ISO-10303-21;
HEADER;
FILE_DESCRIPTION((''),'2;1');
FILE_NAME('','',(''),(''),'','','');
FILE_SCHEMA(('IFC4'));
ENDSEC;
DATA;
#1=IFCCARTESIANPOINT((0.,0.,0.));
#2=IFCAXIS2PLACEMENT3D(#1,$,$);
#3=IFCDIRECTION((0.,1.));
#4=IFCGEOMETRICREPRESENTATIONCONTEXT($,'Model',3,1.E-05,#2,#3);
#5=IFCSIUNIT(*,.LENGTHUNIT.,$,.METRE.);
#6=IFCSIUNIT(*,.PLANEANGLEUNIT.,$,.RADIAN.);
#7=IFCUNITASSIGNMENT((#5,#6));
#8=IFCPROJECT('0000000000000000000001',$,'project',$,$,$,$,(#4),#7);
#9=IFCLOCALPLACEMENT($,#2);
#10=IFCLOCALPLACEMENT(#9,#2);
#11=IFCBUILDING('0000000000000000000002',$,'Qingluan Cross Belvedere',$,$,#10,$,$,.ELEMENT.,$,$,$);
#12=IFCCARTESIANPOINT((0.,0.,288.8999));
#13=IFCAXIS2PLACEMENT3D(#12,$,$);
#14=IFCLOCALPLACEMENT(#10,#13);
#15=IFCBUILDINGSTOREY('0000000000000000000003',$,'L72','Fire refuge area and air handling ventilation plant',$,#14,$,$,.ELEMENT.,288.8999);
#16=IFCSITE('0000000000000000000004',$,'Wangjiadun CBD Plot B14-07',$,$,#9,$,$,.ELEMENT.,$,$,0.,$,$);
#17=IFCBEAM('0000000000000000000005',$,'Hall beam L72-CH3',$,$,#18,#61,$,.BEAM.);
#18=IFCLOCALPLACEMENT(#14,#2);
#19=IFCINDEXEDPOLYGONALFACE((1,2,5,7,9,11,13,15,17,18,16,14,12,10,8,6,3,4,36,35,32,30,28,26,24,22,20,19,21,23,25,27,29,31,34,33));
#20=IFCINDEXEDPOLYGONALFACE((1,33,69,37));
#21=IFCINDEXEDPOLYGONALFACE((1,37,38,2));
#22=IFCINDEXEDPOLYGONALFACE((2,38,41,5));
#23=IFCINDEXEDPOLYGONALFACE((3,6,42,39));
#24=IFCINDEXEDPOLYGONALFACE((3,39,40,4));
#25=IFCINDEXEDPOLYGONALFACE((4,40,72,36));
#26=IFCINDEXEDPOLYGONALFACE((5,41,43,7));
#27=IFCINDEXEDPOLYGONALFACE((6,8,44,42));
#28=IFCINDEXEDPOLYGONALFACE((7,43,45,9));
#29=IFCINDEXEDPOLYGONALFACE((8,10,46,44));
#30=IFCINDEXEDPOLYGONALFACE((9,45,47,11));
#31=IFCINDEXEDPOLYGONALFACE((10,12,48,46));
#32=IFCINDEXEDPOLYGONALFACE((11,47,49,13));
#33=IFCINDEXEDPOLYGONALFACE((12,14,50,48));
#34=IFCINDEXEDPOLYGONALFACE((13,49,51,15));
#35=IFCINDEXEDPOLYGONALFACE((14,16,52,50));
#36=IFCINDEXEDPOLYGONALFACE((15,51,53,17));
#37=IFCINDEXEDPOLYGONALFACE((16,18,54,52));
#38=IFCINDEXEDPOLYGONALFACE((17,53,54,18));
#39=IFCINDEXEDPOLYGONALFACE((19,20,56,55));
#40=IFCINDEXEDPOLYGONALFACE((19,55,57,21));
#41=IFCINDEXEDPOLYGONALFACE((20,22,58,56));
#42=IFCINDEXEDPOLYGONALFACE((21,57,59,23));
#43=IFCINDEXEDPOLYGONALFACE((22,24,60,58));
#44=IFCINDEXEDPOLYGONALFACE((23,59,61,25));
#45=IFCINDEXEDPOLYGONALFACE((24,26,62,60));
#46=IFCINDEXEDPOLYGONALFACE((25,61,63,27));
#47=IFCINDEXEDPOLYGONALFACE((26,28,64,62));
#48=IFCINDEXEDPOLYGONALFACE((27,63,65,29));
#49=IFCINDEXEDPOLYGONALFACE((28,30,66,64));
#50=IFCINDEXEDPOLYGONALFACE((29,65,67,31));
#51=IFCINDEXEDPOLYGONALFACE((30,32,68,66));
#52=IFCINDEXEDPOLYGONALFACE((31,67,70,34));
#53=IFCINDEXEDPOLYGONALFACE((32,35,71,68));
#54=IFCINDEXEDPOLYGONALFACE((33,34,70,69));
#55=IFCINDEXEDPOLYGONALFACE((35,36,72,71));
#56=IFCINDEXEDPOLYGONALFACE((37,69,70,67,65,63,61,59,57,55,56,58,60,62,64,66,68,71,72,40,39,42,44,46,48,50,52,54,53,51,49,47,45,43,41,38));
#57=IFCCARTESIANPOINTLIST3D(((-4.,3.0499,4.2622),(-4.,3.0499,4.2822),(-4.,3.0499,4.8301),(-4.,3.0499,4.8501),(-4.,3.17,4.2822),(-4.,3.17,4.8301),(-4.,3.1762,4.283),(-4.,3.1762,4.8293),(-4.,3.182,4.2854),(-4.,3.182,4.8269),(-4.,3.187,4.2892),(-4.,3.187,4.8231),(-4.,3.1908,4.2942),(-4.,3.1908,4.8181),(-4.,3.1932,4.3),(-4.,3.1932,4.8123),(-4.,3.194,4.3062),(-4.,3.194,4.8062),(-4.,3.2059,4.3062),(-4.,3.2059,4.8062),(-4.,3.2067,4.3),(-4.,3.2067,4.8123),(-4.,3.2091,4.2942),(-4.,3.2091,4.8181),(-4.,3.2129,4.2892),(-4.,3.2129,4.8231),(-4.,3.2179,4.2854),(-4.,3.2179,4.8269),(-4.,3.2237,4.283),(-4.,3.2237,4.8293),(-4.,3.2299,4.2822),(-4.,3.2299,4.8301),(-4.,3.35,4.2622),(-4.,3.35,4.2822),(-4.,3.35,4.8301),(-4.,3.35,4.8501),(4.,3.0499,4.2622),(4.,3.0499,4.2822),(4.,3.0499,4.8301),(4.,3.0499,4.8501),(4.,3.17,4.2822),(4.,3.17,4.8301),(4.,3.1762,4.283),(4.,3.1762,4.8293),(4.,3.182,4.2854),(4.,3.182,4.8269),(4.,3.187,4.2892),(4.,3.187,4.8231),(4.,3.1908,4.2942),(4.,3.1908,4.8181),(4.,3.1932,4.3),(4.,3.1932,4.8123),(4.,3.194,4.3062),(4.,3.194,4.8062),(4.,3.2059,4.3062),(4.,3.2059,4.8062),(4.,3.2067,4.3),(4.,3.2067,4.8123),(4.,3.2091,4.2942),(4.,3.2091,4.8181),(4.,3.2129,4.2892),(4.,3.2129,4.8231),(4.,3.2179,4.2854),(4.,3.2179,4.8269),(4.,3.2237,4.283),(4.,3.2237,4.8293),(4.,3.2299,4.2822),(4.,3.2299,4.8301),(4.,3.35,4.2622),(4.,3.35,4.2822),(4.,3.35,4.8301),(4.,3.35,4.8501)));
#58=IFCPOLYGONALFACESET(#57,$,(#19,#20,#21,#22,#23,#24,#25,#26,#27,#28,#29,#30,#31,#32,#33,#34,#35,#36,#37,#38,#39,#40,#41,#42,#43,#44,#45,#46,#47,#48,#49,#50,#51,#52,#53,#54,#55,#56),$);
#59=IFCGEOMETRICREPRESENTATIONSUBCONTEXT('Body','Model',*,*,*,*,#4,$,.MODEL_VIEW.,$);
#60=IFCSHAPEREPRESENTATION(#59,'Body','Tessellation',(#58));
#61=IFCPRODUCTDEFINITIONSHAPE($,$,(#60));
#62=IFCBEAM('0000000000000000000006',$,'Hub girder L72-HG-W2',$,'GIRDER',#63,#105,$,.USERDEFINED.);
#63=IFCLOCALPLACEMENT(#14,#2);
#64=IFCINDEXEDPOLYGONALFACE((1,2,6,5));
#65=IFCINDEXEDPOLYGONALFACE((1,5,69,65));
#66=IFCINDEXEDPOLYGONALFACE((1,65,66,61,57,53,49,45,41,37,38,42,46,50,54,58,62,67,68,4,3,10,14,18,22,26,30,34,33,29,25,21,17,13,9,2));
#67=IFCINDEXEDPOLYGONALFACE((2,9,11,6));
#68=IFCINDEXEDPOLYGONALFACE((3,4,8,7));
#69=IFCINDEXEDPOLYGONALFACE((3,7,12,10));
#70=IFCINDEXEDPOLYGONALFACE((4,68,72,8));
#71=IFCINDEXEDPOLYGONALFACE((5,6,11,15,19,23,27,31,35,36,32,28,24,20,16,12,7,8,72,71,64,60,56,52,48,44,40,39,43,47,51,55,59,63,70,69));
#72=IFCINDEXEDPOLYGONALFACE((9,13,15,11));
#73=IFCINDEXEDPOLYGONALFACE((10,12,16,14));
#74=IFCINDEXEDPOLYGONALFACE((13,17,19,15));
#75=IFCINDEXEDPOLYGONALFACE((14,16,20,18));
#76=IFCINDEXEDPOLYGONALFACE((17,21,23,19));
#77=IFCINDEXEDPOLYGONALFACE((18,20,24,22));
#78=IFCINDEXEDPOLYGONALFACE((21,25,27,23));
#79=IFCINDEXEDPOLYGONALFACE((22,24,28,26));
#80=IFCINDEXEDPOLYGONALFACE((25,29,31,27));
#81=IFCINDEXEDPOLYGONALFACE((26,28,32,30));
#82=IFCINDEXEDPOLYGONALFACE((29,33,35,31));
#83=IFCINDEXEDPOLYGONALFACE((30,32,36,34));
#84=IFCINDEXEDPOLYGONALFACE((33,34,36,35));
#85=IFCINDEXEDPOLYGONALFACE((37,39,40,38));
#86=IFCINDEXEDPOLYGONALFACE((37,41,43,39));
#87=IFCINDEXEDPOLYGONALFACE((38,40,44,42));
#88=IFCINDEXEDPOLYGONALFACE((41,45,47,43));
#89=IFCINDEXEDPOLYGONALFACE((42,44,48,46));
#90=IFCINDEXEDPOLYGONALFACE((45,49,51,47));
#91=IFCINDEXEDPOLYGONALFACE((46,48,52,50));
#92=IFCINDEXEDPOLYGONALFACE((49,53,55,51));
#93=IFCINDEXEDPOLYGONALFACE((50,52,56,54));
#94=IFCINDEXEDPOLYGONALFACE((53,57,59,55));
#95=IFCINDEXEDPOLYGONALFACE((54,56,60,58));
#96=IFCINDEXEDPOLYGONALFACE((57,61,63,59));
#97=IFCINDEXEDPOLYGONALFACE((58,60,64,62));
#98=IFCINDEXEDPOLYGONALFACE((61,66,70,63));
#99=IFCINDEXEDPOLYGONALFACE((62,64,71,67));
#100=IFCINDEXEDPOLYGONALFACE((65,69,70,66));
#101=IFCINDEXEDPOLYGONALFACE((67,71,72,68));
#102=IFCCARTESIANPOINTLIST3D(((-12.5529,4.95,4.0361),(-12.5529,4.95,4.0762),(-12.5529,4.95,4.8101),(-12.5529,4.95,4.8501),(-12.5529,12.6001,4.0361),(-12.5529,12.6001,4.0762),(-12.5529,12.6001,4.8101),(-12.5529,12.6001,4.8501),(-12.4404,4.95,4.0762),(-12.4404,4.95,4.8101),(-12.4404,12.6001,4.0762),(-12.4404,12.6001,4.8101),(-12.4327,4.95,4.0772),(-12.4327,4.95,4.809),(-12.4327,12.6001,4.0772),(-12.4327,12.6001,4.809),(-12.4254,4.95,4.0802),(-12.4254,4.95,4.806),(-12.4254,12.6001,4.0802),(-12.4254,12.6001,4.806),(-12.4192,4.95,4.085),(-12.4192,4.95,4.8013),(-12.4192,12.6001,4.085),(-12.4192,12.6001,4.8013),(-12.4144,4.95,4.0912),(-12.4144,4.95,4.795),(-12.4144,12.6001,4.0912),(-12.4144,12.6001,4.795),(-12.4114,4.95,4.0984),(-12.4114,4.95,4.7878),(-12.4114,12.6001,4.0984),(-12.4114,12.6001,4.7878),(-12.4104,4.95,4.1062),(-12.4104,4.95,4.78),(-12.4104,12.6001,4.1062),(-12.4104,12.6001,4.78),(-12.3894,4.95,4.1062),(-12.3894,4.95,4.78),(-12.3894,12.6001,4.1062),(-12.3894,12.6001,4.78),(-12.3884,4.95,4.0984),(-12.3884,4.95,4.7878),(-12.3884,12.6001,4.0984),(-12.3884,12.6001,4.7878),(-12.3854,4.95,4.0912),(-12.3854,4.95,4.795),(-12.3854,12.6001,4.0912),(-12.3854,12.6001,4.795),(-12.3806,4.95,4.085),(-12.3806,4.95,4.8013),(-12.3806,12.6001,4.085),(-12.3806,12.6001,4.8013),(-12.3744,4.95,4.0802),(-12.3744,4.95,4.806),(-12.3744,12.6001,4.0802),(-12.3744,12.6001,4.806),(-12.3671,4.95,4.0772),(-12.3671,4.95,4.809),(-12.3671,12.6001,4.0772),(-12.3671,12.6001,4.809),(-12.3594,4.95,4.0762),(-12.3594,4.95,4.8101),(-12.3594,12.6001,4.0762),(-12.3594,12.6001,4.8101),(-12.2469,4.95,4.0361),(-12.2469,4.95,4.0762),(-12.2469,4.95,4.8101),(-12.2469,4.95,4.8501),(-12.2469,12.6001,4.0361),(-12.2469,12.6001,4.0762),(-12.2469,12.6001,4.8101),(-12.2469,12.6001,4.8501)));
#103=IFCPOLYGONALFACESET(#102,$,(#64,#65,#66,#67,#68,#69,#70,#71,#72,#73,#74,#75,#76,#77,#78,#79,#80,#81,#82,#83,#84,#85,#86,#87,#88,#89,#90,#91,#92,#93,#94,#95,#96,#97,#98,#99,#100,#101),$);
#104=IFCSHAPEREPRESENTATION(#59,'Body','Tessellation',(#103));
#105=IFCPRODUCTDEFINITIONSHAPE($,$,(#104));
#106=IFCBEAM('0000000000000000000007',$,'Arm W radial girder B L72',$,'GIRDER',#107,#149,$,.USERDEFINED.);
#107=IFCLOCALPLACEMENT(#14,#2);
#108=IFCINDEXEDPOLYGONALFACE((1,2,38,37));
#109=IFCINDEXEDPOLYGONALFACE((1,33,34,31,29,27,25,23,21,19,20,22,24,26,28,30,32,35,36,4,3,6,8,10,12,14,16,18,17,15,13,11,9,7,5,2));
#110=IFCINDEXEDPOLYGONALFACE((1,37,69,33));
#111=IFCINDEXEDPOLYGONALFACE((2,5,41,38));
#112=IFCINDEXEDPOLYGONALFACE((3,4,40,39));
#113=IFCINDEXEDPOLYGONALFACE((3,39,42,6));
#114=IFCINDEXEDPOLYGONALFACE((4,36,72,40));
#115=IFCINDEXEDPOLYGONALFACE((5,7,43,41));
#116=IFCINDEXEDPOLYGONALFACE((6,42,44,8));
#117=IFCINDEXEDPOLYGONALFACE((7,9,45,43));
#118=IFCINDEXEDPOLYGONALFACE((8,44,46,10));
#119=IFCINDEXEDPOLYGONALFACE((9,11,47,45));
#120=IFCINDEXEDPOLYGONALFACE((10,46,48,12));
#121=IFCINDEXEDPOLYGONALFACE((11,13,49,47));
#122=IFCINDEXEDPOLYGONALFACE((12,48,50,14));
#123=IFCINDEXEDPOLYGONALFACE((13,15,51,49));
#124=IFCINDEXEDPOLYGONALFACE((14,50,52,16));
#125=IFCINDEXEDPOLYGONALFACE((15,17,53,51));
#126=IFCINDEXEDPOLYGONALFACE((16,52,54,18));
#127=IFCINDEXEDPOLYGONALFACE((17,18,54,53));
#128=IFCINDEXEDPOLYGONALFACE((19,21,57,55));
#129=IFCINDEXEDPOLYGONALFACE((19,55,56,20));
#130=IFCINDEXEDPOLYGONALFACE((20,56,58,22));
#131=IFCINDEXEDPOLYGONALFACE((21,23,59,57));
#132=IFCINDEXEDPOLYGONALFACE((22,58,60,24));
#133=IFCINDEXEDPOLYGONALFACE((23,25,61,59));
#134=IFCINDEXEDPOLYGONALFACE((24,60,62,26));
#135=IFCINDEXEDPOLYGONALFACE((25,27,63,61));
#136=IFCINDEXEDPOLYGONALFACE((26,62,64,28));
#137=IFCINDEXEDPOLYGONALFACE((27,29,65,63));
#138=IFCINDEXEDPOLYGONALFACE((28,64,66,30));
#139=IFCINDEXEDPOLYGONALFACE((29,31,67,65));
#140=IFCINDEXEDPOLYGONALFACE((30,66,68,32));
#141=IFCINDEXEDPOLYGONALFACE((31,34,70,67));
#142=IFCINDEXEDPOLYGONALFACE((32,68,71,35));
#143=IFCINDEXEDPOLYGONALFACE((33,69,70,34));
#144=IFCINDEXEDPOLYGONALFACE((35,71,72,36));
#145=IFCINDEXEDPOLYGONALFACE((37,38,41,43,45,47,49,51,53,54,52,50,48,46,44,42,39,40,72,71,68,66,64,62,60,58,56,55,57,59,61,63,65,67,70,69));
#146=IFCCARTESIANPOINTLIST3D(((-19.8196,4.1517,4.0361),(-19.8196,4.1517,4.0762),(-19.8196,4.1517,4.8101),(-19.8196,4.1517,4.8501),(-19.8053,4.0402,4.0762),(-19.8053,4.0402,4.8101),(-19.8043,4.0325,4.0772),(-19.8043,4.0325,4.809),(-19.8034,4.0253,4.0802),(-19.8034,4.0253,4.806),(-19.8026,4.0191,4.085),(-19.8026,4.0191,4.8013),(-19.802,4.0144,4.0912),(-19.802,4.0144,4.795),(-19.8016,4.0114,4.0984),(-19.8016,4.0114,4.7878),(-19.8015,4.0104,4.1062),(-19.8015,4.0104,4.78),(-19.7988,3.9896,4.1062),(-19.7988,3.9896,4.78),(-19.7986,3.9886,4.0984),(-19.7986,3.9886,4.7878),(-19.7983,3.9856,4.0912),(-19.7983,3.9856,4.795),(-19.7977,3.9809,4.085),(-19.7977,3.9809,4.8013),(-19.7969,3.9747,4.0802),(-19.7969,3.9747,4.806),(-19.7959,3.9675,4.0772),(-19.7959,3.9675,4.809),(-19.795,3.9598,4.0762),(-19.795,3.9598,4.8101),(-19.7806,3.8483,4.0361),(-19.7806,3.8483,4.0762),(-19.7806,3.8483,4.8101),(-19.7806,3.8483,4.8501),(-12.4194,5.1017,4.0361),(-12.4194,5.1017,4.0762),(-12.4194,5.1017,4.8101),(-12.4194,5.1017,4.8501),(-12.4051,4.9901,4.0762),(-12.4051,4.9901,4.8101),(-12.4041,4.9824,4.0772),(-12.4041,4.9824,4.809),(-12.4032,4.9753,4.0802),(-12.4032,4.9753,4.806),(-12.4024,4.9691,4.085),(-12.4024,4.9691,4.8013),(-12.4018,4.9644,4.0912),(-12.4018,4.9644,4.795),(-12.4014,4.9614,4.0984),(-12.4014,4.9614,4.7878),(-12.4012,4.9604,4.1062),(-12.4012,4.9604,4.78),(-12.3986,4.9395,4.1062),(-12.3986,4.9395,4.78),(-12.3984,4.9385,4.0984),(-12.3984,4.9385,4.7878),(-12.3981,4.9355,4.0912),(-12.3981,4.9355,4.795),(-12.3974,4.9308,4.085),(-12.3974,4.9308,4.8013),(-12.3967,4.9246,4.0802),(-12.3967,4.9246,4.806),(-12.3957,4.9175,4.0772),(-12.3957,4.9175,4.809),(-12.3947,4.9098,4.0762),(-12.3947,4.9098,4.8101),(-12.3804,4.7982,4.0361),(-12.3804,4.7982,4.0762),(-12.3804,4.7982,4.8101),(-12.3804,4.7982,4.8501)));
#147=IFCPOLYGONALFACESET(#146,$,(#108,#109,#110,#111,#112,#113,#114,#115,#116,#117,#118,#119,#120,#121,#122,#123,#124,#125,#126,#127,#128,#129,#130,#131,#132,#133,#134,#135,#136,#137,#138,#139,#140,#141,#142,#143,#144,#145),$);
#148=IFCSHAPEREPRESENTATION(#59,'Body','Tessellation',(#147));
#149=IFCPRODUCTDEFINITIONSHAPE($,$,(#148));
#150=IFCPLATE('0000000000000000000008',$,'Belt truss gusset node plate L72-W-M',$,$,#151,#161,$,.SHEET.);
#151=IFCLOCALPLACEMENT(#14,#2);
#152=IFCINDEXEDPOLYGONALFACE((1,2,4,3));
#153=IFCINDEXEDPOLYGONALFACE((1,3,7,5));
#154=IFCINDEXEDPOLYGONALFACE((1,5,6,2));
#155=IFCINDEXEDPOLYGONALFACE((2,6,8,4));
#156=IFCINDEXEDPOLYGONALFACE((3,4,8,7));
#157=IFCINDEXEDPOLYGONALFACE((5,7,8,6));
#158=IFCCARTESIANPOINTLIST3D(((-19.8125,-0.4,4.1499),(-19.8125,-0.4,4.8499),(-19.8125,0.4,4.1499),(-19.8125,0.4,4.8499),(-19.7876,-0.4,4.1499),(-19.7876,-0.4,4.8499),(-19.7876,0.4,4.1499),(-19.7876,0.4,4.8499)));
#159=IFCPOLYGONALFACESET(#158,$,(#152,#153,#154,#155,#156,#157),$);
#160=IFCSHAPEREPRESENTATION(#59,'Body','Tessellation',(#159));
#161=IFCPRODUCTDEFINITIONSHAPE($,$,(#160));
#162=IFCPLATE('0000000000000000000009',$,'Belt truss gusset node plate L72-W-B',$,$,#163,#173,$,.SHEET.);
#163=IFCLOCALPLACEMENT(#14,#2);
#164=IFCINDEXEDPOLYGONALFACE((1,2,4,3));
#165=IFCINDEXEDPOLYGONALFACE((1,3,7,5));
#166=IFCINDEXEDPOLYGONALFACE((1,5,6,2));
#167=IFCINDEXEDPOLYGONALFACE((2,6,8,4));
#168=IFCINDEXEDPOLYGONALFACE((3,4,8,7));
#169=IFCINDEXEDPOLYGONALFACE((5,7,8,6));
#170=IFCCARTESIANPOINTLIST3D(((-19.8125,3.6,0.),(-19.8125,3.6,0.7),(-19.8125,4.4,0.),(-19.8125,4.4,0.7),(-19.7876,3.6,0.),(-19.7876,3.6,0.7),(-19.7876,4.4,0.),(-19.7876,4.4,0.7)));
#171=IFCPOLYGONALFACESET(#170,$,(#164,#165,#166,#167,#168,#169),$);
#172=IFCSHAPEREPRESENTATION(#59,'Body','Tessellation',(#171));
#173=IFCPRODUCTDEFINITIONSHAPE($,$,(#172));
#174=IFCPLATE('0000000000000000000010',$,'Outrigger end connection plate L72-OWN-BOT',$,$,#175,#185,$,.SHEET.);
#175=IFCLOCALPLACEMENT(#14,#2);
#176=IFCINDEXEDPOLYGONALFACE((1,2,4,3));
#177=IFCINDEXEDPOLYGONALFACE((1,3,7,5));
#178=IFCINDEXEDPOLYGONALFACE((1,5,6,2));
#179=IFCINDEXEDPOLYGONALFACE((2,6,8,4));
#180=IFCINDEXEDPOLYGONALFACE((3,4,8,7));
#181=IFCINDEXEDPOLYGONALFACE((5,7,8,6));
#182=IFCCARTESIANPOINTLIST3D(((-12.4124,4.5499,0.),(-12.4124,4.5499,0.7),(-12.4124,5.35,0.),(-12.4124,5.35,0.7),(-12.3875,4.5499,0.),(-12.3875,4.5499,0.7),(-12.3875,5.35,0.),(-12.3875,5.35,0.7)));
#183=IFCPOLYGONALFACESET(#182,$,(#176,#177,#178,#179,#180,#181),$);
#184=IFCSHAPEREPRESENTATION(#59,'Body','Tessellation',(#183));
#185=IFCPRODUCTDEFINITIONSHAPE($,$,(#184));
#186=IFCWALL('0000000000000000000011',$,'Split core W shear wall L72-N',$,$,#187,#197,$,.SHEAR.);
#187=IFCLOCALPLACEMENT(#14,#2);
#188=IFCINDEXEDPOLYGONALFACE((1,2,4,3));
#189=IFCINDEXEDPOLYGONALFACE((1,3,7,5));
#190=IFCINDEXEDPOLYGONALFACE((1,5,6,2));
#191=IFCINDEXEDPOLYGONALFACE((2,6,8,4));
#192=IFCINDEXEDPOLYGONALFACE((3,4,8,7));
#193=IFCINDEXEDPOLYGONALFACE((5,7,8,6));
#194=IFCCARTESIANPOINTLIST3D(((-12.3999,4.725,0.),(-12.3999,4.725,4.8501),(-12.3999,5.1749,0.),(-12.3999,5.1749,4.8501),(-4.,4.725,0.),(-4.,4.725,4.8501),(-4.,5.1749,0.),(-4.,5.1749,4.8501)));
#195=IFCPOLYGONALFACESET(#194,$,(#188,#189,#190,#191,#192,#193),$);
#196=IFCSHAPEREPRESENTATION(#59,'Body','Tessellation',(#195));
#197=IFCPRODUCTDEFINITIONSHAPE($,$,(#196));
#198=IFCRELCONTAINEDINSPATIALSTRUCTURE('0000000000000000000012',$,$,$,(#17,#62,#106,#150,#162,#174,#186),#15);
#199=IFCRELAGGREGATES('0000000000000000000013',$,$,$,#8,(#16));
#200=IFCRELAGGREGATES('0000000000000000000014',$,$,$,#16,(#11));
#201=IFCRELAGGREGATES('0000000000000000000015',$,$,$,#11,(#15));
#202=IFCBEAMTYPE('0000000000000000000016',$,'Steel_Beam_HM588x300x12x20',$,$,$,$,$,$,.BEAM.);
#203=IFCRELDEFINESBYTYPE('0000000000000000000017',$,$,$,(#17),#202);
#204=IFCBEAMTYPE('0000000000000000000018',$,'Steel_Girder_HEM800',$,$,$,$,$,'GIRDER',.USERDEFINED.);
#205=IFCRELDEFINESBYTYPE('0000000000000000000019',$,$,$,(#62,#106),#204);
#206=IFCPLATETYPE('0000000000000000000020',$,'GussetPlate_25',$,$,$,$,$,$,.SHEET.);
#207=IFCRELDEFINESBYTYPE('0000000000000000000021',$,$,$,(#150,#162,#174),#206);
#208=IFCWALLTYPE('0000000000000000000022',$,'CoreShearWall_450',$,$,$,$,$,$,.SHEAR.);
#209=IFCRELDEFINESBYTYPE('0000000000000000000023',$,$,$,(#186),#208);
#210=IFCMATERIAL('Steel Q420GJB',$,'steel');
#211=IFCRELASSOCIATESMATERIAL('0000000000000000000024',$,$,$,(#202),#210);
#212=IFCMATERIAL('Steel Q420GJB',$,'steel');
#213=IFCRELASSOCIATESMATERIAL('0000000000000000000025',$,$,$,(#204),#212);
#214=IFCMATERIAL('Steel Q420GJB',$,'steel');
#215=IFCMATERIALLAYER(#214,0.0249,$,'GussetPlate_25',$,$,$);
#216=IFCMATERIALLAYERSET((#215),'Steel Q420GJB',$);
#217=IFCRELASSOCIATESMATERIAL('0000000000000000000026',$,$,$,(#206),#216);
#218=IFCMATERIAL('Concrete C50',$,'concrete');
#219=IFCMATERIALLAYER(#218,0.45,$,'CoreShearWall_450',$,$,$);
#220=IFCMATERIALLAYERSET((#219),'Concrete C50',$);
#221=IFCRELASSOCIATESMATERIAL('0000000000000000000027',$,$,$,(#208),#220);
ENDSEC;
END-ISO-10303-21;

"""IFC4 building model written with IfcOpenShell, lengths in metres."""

from ifc_helpers import new_model, si_unit, direction, frame, frame_2d, origin, origin_2d, place, context, subcontext, project, spatial, rectangle, i_section, extrude, material, layer, layer_set, material_profile, profile_set, type_object, element, save


model = new_model("IFC4")

# Units and contexts
model_context = context("Model", 3, precision=1e-05, world=origin(), true_north=direction((0.0, 1.0)))
body_context = subcontext(model_context, "Body", "Model", "MODEL_VIEW")
ifc_project = project(units=[si_unit("LENGTHUNIT", "METRE"), si_unit("PLANEANGLEUNIT", "RADIAN")], contexts=[model_context])

# Site, building, storey
site_placement = place(None, origin())
site = spatial("IfcSite", under=ifc_project, at=site_placement, Name="Wangjiadun CBD Plot B14-07", CompositionType="ELEMENT", RefElevation=0.0)
building_placement = place(site_placement, origin())
building = spatial("IfcBuilding", under=site, at=building_placement, Name="Qingluan Cross Belvedere", CompositionType="ELEMENT")
storey_placement = place(building_placement, frame((0.0, 0.0, 288.8999)))
storey = spatial("IfcBuildingStorey", under=building, at=storey_placement, Name="L72", Description="Fire refuge area and air handling ventilation plant", CompositionType="ELEMENT", Elevation=288.8999)

# Beams
ifc_material_1 = material(Name="Steel Q420GJB", Category="steel")
ifc_material_profile_1 = material_profile(ifc_material_1, i_section(OverallWidth=0.3, OverallDepth=0.5879, WebThickness=0.012, FlangeThickness=0.02, FilletRadius=0.0239, at=origin_2d()), Name="HM588x300x12x20")
ifc_profile_set_1 = profile_set([ifc_material_profile_1], Name="Steel Q420GJB")
beam_type_1 = type_object("IfcBeamType", Name="Steel_Beam_HM588x300x12x20", PredefinedType="BEAM", material=ifc_profile_set_1)
for number, where, z_axis, x_axis, name in (
    (1, (-4.0, 3.2, 4.5562), (1.0, 0.0, 0.0), (0.0, 1.0, 0.0), "Hall beam L72-CH3"),
):
    element("IfcBeam", number, at=place(storey_placement, frame(where, z_axis=z_axis, x_axis=x_axis)), inside=storey, type_object=beam_type_1, Name=name, PredefinedType="BEAM", context=body_context, shape_type="SweptSolid", body=[
        extrude(i_section(OverallWidth=0.3, OverallDepth=0.5879, WebThickness=0.012, FlangeThickness=0.02, FilletRadius=0.0239, at=origin_2d()), origin(), (0.0, 0.0, 1.0), 8.0),
    ])
ifc_material_2 = material(Name="Steel Q420GJB", Category="steel")
ifc_material_profile_2 = material_profile(ifc_material_2, i_section(OverallWidth=0.3059, OverallDepth=0.814, WebThickness=0.021, FlangeThickness=0.04, FilletRadius=0.03, at=origin_2d()), Name="HEM800")
ifc_profile_set_2 = profile_set([ifc_material_profile_2], Name="Steel Q420GJB")
beam_type_2 = type_object("IfcBeamType", Name="Steel_Girder_HEM800", ElementType="GIRDER", PredefinedType="USERDEFINED", material=ifc_profile_set_2)
beam_1_placement = place(storey_placement, frame((-12.3999, 4.95, 4.4431), z_axis=(0.0, 1.0, 0.0), x_axis=(-1.0, 0.0, 0.0)))
element("IfcBeam", 2, at=beam_1_placement, inside=storey, type_object=beam_type_2, Name="Hub girder L72-HG-W2", ObjectType="GIRDER", PredefinedType="USERDEFINED", context=body_context, shape_type="SweptSolid", body=[
    extrude(i_section(OverallWidth=0.3059, OverallDepth=0.814, WebThickness=0.021, FlangeThickness=0.04, FilletRadius=0.03, at=origin_2d()), origin(), (0.0, 0.0, 1.0), 7.6501),
])
beam_2_placement = place(storey_placement, frame((-12.3999, 4.95, 4.4431), z_axis=(-0.991861, -0.127324, 0.0), x_axis=(0.127324, -0.991861, 0.0)))
element("IfcBeam", 3, at=beam_2_placement, inside=storey, type_object=beam_type_2, Name="Arm W radial girder B L72", ObjectType="GIRDER", PredefinedType="USERDEFINED", context=body_context, shape_type="SweptSolid", body=[
    extrude(i_section(OverallWidth=0.3059, OverallDepth=0.814, WebThickness=0.021, FlangeThickness=0.04, FilletRadius=0.03, at=origin_2d()), origin(), (0.0, 0.0, 1.0), 7.4609),
])

# Plates
ifc_material_3 = material(Name="Steel Q420GJB", Category="steel")
ifc_layer_1 = layer(ifc_material_3, 0.0249, Name="GussetPlate_25")
ifc_layer_set_1 = layer_set([ifc_layer_1], Name="Steel Q420GJB")
plate_type = type_object("IfcPlateType", Name="GussetPlate_25", PredefinedType="SHEET", material=ifc_layer_set_1)
for number, where, z_axis, x_axis, name in (
    (4, (-19.8, 0.0, 4.1499), (0.0, 0.0, 1.0), (0.0, 1.0, 0.0), "Belt truss gusset node plate L72-W-M"),
    (5, (-19.8, 4.0, 0.0), (0.0, 0.0, 1.0), (0.0, 1.0, 0.0), "Belt truss gusset node plate L72-W-B"),
    (6, (-12.3999, 4.95, 0.0), (0.0, 0.0, 1.0), (0.0, 1.0, 0.0), "Outrigger end connection plate L72-OWN-BOT"),
):
    element("IfcPlate", number, at=place(storey_placement, frame(where, z_axis=z_axis, x_axis=x_axis)), inside=storey, type_object=plate_type, Name=name, PredefinedType="SHEET", context=body_context, shape_type="SweptSolid", body=[
        extrude(rectangle(XDim=0.8, YDim=0.0249, at=origin_2d()), origin(), (0.0, 0.0, 1.0), 0.7),
    ])

# Wall
ifc_material_4 = material(Name="Concrete C50", Category="concrete")
ifc_layer_2 = layer(ifc_material_4, 0.45, Name="CoreShearWall_450")
ifc_layer_set_2 = layer_set([ifc_layer_2], Name="Concrete C50")
wall_type_1 = type_object("IfcWallType", Name="CoreShearWall_450", PredefinedType="SHEAR", material=ifc_layer_set_2)
wall_1_placement = place(storey_placement, frame((-12.3999, 4.95, 0.0), z_axis=(0.0, 0.0, 1.0), x_axis=(1.0, 0.0, 0.0)))
element("IfcWall", 7, at=wall_1_placement, inside=storey, type_object=wall_type_1, Name="Split core W shear wall L72-N", PredefinedType="SHEAR", context=body_context, shape_type="SweptSolid", body=[
    extrude(rectangle(XDim=8.3999, YDim=0.45, at=frame_2d((4.2, 0.0))), origin(), (0.0, 0.0, 1.0), 4.8501),
])

save(model, "model.ifc")
